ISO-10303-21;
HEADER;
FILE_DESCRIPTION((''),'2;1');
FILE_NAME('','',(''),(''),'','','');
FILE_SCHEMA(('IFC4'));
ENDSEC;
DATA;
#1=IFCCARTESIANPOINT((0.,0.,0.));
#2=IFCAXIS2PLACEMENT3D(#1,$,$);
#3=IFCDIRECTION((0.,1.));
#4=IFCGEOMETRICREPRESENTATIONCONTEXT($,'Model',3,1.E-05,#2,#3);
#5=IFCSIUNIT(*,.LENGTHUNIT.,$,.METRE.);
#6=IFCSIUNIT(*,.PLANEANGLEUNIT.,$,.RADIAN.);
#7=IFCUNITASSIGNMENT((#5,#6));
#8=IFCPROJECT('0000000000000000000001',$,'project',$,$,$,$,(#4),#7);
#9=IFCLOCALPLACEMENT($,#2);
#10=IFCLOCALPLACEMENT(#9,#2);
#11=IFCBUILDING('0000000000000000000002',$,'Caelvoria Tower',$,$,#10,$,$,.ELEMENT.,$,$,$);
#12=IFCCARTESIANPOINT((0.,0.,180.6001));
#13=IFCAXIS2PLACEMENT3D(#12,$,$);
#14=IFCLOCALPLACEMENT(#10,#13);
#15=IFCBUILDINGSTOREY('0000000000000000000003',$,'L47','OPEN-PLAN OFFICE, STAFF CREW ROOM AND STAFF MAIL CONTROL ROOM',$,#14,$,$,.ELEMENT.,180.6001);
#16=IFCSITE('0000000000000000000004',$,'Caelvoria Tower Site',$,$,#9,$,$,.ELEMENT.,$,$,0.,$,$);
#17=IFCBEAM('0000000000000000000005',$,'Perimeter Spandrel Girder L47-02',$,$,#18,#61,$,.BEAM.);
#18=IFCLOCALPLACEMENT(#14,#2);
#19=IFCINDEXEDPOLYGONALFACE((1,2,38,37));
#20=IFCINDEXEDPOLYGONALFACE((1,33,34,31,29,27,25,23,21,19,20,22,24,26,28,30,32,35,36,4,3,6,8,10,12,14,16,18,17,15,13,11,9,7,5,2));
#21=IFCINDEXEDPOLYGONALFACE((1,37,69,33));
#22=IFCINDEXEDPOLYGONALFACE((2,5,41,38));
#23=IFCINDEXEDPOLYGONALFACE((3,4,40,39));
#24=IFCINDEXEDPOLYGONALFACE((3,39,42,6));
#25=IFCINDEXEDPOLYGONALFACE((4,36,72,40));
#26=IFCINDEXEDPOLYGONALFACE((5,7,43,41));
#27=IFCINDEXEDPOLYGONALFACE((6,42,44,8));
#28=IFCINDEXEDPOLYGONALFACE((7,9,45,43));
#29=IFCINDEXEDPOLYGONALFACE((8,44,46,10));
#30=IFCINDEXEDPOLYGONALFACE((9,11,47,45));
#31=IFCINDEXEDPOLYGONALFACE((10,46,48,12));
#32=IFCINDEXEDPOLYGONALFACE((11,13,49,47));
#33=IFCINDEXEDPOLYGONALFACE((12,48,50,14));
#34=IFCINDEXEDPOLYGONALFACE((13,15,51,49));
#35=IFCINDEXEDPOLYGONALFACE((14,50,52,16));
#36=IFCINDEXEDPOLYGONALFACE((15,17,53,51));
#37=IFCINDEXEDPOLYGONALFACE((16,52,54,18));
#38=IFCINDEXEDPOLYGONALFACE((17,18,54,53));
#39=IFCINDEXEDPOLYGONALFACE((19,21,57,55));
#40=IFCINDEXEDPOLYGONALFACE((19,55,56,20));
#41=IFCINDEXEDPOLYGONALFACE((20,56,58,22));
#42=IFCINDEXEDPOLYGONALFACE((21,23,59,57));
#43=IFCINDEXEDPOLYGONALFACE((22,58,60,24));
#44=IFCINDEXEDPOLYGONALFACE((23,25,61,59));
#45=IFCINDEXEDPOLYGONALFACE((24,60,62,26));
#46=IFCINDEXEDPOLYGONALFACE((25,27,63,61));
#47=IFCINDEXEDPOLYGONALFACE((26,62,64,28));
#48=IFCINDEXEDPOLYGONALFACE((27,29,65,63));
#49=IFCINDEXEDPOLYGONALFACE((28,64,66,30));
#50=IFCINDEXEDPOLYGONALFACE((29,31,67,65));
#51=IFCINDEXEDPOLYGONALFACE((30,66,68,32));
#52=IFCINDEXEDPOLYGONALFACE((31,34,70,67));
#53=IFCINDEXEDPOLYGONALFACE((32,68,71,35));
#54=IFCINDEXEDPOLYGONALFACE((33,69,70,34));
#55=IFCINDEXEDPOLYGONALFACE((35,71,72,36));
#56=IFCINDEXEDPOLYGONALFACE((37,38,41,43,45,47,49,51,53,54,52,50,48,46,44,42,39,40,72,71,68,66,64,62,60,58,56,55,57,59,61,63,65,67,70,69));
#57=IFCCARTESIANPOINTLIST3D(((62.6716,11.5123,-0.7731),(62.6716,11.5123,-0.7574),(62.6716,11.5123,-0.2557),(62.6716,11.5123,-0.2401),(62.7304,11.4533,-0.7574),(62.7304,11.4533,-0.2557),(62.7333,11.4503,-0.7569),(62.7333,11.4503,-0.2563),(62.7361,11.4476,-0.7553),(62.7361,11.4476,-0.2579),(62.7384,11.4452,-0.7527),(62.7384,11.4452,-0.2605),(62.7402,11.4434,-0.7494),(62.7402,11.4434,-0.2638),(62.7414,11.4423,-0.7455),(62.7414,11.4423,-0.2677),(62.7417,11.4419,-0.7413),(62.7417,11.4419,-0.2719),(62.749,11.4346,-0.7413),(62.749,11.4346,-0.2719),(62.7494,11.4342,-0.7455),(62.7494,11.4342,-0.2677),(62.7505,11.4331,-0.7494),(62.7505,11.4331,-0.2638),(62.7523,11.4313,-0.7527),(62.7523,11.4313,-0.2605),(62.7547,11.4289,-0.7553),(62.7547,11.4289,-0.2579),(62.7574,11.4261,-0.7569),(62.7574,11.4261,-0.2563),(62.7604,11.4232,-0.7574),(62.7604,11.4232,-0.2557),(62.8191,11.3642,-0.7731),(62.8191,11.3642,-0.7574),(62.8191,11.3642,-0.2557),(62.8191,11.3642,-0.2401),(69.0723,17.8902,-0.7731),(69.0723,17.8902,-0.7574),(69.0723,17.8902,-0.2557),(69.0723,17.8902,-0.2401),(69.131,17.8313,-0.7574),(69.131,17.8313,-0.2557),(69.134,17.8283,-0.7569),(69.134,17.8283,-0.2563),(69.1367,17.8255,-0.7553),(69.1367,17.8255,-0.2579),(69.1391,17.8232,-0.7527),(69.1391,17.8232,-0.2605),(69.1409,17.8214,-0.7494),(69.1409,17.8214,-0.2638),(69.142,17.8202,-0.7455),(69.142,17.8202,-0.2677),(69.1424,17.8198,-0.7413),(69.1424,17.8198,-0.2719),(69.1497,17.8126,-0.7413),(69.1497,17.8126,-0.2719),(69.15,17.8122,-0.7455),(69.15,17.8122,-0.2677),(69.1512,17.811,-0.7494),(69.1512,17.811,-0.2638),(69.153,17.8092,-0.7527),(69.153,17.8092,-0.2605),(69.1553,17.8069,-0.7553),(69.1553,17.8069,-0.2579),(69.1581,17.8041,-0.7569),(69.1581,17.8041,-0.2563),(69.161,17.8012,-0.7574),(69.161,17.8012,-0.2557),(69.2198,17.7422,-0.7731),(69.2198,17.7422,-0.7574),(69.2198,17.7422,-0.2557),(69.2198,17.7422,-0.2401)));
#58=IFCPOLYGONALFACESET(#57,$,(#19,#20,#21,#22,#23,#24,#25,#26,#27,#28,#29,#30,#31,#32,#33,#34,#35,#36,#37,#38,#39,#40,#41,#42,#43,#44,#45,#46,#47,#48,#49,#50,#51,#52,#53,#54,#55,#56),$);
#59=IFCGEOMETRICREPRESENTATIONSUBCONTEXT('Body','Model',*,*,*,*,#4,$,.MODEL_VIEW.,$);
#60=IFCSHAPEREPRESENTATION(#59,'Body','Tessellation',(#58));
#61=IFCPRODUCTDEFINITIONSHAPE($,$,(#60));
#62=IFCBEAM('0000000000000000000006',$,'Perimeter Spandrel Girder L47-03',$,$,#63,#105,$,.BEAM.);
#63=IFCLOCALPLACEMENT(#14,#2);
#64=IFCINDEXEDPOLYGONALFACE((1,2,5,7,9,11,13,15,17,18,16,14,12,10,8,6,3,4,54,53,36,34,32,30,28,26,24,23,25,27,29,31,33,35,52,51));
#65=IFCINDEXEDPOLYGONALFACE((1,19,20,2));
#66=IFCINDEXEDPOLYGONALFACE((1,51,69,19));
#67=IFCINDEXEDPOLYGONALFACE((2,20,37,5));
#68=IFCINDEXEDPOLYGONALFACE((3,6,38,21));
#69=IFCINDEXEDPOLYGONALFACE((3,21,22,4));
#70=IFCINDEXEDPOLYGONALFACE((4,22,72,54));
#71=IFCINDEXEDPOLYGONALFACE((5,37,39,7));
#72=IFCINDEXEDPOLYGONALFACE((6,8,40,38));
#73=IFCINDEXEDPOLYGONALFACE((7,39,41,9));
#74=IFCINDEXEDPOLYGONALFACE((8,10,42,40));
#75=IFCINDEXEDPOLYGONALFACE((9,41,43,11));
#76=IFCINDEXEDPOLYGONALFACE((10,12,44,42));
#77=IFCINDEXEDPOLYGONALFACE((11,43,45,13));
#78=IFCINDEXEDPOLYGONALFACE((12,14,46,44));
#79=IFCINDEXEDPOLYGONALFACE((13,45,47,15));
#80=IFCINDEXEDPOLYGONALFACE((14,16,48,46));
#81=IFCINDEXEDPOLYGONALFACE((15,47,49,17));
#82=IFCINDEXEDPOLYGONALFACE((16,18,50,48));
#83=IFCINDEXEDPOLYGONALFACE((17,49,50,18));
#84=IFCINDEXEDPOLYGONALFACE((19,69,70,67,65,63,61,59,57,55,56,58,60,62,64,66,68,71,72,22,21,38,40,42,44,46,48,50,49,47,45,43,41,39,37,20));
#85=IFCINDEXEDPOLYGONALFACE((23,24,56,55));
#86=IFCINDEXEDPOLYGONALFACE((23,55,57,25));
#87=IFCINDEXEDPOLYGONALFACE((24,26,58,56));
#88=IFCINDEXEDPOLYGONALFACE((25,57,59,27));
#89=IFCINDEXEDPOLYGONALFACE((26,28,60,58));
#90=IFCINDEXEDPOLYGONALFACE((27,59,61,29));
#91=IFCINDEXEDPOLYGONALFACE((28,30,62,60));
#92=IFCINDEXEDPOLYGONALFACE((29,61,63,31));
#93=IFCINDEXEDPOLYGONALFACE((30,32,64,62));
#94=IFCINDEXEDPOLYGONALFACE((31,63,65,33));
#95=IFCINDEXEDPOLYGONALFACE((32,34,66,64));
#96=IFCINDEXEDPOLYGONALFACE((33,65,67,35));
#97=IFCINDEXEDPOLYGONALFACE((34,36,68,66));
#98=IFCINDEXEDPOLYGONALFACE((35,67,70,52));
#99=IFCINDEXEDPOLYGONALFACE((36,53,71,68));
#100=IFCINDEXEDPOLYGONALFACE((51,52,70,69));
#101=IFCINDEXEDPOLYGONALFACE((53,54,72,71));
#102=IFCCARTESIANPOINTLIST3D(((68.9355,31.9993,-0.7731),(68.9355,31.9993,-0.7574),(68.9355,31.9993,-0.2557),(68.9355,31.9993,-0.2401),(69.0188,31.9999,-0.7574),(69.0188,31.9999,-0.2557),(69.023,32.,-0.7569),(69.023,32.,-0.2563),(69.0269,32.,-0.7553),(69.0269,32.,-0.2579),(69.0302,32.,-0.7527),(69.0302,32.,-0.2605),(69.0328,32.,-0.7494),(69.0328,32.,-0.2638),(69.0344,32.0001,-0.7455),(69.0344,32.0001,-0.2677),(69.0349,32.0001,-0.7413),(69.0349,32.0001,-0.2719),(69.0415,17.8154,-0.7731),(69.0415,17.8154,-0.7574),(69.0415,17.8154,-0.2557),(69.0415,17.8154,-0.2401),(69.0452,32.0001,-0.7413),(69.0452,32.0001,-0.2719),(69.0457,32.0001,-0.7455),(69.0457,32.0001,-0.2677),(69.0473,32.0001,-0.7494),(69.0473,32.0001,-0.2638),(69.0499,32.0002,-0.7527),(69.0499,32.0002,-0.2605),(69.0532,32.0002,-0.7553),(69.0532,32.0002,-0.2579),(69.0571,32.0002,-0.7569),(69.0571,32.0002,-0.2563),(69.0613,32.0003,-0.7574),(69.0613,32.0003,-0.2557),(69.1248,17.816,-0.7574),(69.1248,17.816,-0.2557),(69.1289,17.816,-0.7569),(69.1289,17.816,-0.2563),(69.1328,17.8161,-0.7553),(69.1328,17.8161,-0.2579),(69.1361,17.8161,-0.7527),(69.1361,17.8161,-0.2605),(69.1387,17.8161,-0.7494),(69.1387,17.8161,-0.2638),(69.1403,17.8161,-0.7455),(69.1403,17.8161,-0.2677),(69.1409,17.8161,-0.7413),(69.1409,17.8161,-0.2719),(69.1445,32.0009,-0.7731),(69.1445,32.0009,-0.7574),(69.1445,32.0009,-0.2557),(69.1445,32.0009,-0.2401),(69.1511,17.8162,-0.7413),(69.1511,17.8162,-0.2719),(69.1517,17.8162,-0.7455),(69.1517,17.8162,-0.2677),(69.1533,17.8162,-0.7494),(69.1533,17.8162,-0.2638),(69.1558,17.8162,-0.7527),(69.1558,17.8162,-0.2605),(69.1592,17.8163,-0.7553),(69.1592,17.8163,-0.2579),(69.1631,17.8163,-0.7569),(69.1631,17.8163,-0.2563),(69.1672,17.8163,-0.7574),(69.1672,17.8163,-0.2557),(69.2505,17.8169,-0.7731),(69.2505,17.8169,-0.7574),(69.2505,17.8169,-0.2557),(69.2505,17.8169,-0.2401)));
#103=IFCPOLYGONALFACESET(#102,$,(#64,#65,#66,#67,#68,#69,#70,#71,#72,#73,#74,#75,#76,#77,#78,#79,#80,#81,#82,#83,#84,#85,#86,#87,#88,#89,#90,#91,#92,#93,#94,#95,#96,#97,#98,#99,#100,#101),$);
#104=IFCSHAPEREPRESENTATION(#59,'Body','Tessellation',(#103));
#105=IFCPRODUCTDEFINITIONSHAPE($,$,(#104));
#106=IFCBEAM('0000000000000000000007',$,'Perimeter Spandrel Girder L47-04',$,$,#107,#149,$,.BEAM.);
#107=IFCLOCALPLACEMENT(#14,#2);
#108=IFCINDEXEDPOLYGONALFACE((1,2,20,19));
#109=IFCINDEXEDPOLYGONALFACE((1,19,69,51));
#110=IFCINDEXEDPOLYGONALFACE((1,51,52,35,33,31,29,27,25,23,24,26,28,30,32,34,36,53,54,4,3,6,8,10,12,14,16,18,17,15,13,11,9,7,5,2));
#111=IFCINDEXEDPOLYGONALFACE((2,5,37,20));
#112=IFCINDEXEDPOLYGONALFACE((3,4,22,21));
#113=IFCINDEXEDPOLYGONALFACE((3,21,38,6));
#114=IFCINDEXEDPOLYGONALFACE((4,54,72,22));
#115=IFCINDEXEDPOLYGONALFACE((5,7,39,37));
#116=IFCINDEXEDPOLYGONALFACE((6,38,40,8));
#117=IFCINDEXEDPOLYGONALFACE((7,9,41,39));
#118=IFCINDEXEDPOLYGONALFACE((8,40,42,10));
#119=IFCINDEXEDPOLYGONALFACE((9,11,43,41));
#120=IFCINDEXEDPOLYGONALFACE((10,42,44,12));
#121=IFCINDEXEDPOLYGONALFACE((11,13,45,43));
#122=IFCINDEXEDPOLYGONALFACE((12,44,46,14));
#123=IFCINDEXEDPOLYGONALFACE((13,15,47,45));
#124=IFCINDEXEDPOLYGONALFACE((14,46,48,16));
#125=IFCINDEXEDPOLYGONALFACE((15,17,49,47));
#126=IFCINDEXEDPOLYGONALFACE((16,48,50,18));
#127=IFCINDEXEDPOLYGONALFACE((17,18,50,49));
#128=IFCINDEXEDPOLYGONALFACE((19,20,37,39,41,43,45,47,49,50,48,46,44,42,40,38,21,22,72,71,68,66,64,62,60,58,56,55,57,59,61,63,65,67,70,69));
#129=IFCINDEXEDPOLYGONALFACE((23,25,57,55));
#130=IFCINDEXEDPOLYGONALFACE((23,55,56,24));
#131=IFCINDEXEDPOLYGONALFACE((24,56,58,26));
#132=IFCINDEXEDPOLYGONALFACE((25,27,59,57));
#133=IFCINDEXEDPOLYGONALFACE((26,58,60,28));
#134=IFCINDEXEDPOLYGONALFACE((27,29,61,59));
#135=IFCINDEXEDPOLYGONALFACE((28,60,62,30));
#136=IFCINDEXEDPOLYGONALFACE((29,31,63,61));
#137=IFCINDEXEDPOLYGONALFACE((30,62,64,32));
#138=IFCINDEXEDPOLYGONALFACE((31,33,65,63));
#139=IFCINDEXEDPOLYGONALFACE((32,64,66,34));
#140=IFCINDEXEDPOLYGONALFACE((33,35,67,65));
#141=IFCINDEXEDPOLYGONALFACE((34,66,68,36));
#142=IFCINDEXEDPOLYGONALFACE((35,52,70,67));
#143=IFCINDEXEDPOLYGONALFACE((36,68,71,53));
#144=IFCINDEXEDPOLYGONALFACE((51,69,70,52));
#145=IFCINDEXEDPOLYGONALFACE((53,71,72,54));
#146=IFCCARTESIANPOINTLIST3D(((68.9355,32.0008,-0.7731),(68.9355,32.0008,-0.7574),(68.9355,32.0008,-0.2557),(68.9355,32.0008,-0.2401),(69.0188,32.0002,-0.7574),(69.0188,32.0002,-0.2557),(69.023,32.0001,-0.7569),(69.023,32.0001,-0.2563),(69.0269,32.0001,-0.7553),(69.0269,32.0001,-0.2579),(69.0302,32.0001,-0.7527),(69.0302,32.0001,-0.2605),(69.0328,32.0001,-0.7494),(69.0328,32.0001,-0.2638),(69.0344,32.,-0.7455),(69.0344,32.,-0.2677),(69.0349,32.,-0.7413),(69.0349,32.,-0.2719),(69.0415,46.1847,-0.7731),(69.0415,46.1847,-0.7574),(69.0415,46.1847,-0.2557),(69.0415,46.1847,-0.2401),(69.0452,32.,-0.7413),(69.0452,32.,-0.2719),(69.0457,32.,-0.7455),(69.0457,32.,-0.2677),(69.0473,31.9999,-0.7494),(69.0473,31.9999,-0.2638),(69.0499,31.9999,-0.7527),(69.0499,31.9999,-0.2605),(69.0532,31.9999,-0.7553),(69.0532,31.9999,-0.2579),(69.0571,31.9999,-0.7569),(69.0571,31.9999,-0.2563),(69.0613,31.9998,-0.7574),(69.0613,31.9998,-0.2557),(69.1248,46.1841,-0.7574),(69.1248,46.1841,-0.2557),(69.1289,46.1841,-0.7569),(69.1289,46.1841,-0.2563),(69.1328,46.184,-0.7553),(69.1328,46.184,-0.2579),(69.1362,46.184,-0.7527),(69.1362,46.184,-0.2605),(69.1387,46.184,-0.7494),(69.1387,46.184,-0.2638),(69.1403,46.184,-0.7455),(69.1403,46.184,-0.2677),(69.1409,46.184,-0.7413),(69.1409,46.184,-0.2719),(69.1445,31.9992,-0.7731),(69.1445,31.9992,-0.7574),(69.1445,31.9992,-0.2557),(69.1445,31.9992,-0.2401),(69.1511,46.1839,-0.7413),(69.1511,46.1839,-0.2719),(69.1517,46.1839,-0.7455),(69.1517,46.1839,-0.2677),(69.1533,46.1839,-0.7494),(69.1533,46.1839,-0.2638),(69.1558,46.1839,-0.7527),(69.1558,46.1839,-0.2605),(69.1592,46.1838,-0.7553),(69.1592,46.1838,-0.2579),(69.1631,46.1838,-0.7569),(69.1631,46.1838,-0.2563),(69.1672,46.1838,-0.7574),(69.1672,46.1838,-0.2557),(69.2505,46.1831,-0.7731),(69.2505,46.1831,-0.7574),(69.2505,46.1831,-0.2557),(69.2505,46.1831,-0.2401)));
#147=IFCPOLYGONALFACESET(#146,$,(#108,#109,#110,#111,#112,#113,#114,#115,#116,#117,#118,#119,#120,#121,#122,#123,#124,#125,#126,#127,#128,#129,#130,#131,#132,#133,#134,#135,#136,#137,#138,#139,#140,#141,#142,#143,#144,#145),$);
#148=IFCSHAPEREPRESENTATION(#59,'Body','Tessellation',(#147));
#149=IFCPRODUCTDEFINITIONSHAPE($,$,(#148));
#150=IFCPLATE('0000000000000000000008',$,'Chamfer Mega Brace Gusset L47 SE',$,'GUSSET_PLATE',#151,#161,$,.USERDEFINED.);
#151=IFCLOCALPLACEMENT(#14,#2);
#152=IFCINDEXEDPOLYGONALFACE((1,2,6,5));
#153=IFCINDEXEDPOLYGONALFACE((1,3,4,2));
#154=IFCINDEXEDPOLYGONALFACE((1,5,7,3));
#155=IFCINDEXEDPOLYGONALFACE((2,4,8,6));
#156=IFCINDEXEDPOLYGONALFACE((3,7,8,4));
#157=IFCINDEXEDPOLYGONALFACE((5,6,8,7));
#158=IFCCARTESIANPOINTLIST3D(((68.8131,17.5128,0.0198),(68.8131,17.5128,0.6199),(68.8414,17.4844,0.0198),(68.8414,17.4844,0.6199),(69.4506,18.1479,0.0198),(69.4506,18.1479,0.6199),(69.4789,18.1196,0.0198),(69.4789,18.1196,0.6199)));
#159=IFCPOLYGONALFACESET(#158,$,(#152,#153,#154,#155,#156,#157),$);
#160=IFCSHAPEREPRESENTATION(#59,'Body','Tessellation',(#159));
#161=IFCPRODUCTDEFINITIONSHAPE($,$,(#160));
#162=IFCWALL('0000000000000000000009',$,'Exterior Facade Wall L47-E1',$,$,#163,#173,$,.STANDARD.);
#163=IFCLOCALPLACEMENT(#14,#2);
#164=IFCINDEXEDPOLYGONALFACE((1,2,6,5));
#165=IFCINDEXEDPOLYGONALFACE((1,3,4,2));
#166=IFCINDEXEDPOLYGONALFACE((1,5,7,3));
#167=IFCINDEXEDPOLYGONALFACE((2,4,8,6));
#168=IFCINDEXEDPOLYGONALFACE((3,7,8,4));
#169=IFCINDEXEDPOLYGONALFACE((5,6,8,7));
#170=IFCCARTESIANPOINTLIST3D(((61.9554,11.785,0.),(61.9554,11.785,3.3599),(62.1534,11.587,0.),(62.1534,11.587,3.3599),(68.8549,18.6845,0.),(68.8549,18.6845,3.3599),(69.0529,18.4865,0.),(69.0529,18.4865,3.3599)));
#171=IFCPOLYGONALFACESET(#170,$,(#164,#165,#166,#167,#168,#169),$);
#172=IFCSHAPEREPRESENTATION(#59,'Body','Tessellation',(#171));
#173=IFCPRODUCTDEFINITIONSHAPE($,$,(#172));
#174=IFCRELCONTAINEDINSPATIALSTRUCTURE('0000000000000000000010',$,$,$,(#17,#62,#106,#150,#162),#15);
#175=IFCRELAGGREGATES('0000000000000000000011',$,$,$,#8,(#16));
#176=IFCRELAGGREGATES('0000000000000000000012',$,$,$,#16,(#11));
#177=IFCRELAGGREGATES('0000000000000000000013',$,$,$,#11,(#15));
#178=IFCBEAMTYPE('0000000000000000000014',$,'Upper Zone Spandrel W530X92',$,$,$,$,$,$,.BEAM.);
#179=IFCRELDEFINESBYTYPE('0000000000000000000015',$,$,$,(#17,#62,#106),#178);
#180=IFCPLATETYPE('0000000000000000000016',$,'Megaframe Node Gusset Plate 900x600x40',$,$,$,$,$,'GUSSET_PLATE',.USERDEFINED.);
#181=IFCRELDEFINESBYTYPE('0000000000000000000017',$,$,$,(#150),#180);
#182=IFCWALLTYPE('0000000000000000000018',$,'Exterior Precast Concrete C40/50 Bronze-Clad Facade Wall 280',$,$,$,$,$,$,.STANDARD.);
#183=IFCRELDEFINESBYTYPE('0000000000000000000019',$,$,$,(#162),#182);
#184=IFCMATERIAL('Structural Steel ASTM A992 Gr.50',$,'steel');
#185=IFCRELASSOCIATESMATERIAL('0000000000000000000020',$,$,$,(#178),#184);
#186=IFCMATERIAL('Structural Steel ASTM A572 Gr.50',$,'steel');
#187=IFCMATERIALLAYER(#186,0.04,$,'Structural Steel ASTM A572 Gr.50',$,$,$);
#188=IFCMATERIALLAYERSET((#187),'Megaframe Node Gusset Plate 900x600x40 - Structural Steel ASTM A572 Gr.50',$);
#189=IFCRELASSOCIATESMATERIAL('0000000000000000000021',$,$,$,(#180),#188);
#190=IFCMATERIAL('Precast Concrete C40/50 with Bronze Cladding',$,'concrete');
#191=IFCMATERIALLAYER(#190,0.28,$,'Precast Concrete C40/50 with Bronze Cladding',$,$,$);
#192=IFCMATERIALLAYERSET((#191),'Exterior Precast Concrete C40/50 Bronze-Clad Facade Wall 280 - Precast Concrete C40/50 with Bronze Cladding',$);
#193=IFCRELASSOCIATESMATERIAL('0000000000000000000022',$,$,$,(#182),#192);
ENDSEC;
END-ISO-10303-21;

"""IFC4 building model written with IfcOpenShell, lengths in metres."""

from ifc_helpers import new_model, si_unit, direction, frame, frame_2d, origin, origin_2d, place, context, subcontext, project, spatial, rectangle, i_section, extrude, material, layer, layer_set, material_profile, profile_set, type_object, element, save


model = new_model("IFC4")

# Units and contexts
model_context = context("Model", 3, precision=1e-05, world=origin(), true_north=direction((0.0, 1.0)))
body_context = subcontext(model_context, "Body", "Model", "MODEL_VIEW")
ifc_project = project(units=[si_unit("LENGTHUNIT", "METRE"), si_unit("PLANEANGLEUNIT", "RADIAN")], contexts=[model_context])

# Site, building, storey
site_placement = place(None, origin())
site = spatial("IfcSite", under=ifc_project, at=site_placement, Name="Caelvoria Tower Site", CompositionType="ELEMENT", RefElevation=0.0)
building_placement = place(site_placement, origin())
building = spatial("IfcBuilding", under=site, at=building_placement, Name="Caelvoria Tower", CompositionType="ELEMENT")
storey_placement = place(building_placement, frame((0.0, 0.0, 180.6001)))
storey = spatial("IfcBuildingStorey", under=building, at=storey_placement, Name="L47", Description="OPEN-PLAN OFFICE, STAFF CREW ROOM AND STAFF MAIL CONTROL ROOM", CompositionType="ELEMENT", Elevation=180.6001)

# Shared definitions
ifc_material_1 = material(Name="Structural Steel ASTM A572 Gr.50", Category="steel")
ifc_material_2 = material(Name="Structural Steel ASTM A992 Gr.50", Category="steel")

# Beams
ifc_material_profile_1 = material_profile(ifc_material_2, i_section(OverallWidth=0.209, OverallDepth=0.533, WebThickness=0.0103, FlangeThickness=0.0156, FilletRadius=0.0161, at=origin_2d()), Name="Structural Steel ASTM A992 Gr.50")
ifc_profile_set_1 = profile_set([ifc_material_profile_1], Name="W530X92 - Structural Steel ASTM A992 Gr.50")
beam_type_1 = type_object("IfcBeamType", Name="Upper Zone Spandrel W530X92", PredefinedType="BEAM", material=ifc_profile_set_1)
beam_1_placement = place(storey_placement, frame((62.7454, 11.4382, -0.5066), z_axis=(0.708362, 0.705849, 0.0), x_axis=(-0.705849, 0.708362, 0.0)))
element("IfcBeam", 1, at=beam_1_placement, inside=storey, type_object=beam_type_1, Name="Perimeter Spandrel Girder L47-02", PredefinedType="BEAM", context=body_context, shape_type="SweptSolid", body=[
    extrude(i_section(OverallWidth=0.209, OverallDepth=0.533, WebThickness=0.0103, FlangeThickness=0.0156, FilletRadius=0.0161, at=origin_2d()), origin(), (0.0, 0.0, 1.0), 9.0359),
])
for number, where, z_axis, x_axis, name in (
    (2, (69.146, 17.8162, -0.5066), (-0.00747, 0.999972, 0.0), (-0.999972, -0.00747, 0.0), "Perimeter Spandrel Girder L47-03"),
    (3, (69.04, 32.0, -0.5066), (0.00747, 0.999972, 0.0), (-0.999972, 0.00747, 0.0), "Perimeter Spandrel Girder L47-04"),
):
    element("IfcBeam", number, at=place(storey_placement, frame(where, z_axis=z_axis, x_axis=x_axis)), inside=storey, type_object=beam_type_1, Name=name, PredefinedType="BEAM", context=body_context, shape_type="SweptSolid", body=[
        extrude(i_section(OverallWidth=0.209, OverallDepth=0.533, WebThickness=0.0103, FlangeThickness=0.0156, FilletRadius=0.0161, at=origin_2d()), origin(), (0.0, 0.0, 1.0), 14.1843),
    ])

# Plate
ifc_layer_1 = layer(ifc_material_1, 0.04, Name="Structural Steel ASTM A572 Gr.50")
ifc_layer_set_1 = layer_set([ifc_layer_1], Name="Megaframe Node Gusset Plate 900x600x40 - Structural Steel ASTM A572 Gr.50")
plate_type = type_object("IfcPlateType", Name="Megaframe Node Gusset Plate 900x600x40", ElementType="GUSSET_PLATE", PredefinedType="USERDEFINED", material=ifc_layer_set_1)
plate_placement = place(storey_placement, frame((69.146, 17.8162, 0.0198), z_axis=(0.0, 0.0, 1.0), x_axis=(-0.708373, -0.705838, 0.0)))
element("IfcPlate", 4, at=plate_placement, inside=storey, type_object=plate_type, Name="Chamfer Mega Brace Gusset L47 SE", ObjectType="GUSSET_PLATE", PredefinedType="USERDEFINED", context=body_context, shape_type="SweptSolid", body=[
    extrude(rectangle(XDim=0.8999, YDim=0.04, at=origin_2d()), origin(), (0.0, 0.0, 1.0), 0.6001),
])

# Wall
ifc_material_3 = material(Name="Precast Concrete C40/50 with Bronze Cladding", Category="concrete")
ifc_layer_2 = layer(ifc_material_3, 0.28, Name="Precast Concrete C40/50 with Bronze Cladding")
ifc_layer_set_2 = layer_set([ifc_layer_2], Name="Exterior Precast Concrete C40/50 Bronze-Clad Facade Wall 280 - Precast Concrete C40/50 with Bronze Cladding")
wall_type = type_object("IfcWallType", Name="Exterior Precast Concrete C40/50 Bronze-Clad Facade Wall 280", PredefinedType="STANDARD", material=ifc_layer_set_2)
wall_1_placement = place(storey_placement, frame((62.0544, 11.686, 0.0), z_axis=(0.0, 0.0, 1.0), x_axis=(0.707107, 0.707107, 0.0)))
element("IfcWall", 5, at=wall_1_placement, inside=storey, type_object=wall_type, Name="Exterior Facade Wall L47-E1", PredefinedType="STANDARD", context=body_context, shape_type="SweptSolid", body=[
    extrude(rectangle(XDim=9.7573, YDim=0.28, at=frame_2d((4.8787, 0.0))), origin(), (0.0, 0.0, 1.0), 3.3599),
])

save(model, "model.ifc")
